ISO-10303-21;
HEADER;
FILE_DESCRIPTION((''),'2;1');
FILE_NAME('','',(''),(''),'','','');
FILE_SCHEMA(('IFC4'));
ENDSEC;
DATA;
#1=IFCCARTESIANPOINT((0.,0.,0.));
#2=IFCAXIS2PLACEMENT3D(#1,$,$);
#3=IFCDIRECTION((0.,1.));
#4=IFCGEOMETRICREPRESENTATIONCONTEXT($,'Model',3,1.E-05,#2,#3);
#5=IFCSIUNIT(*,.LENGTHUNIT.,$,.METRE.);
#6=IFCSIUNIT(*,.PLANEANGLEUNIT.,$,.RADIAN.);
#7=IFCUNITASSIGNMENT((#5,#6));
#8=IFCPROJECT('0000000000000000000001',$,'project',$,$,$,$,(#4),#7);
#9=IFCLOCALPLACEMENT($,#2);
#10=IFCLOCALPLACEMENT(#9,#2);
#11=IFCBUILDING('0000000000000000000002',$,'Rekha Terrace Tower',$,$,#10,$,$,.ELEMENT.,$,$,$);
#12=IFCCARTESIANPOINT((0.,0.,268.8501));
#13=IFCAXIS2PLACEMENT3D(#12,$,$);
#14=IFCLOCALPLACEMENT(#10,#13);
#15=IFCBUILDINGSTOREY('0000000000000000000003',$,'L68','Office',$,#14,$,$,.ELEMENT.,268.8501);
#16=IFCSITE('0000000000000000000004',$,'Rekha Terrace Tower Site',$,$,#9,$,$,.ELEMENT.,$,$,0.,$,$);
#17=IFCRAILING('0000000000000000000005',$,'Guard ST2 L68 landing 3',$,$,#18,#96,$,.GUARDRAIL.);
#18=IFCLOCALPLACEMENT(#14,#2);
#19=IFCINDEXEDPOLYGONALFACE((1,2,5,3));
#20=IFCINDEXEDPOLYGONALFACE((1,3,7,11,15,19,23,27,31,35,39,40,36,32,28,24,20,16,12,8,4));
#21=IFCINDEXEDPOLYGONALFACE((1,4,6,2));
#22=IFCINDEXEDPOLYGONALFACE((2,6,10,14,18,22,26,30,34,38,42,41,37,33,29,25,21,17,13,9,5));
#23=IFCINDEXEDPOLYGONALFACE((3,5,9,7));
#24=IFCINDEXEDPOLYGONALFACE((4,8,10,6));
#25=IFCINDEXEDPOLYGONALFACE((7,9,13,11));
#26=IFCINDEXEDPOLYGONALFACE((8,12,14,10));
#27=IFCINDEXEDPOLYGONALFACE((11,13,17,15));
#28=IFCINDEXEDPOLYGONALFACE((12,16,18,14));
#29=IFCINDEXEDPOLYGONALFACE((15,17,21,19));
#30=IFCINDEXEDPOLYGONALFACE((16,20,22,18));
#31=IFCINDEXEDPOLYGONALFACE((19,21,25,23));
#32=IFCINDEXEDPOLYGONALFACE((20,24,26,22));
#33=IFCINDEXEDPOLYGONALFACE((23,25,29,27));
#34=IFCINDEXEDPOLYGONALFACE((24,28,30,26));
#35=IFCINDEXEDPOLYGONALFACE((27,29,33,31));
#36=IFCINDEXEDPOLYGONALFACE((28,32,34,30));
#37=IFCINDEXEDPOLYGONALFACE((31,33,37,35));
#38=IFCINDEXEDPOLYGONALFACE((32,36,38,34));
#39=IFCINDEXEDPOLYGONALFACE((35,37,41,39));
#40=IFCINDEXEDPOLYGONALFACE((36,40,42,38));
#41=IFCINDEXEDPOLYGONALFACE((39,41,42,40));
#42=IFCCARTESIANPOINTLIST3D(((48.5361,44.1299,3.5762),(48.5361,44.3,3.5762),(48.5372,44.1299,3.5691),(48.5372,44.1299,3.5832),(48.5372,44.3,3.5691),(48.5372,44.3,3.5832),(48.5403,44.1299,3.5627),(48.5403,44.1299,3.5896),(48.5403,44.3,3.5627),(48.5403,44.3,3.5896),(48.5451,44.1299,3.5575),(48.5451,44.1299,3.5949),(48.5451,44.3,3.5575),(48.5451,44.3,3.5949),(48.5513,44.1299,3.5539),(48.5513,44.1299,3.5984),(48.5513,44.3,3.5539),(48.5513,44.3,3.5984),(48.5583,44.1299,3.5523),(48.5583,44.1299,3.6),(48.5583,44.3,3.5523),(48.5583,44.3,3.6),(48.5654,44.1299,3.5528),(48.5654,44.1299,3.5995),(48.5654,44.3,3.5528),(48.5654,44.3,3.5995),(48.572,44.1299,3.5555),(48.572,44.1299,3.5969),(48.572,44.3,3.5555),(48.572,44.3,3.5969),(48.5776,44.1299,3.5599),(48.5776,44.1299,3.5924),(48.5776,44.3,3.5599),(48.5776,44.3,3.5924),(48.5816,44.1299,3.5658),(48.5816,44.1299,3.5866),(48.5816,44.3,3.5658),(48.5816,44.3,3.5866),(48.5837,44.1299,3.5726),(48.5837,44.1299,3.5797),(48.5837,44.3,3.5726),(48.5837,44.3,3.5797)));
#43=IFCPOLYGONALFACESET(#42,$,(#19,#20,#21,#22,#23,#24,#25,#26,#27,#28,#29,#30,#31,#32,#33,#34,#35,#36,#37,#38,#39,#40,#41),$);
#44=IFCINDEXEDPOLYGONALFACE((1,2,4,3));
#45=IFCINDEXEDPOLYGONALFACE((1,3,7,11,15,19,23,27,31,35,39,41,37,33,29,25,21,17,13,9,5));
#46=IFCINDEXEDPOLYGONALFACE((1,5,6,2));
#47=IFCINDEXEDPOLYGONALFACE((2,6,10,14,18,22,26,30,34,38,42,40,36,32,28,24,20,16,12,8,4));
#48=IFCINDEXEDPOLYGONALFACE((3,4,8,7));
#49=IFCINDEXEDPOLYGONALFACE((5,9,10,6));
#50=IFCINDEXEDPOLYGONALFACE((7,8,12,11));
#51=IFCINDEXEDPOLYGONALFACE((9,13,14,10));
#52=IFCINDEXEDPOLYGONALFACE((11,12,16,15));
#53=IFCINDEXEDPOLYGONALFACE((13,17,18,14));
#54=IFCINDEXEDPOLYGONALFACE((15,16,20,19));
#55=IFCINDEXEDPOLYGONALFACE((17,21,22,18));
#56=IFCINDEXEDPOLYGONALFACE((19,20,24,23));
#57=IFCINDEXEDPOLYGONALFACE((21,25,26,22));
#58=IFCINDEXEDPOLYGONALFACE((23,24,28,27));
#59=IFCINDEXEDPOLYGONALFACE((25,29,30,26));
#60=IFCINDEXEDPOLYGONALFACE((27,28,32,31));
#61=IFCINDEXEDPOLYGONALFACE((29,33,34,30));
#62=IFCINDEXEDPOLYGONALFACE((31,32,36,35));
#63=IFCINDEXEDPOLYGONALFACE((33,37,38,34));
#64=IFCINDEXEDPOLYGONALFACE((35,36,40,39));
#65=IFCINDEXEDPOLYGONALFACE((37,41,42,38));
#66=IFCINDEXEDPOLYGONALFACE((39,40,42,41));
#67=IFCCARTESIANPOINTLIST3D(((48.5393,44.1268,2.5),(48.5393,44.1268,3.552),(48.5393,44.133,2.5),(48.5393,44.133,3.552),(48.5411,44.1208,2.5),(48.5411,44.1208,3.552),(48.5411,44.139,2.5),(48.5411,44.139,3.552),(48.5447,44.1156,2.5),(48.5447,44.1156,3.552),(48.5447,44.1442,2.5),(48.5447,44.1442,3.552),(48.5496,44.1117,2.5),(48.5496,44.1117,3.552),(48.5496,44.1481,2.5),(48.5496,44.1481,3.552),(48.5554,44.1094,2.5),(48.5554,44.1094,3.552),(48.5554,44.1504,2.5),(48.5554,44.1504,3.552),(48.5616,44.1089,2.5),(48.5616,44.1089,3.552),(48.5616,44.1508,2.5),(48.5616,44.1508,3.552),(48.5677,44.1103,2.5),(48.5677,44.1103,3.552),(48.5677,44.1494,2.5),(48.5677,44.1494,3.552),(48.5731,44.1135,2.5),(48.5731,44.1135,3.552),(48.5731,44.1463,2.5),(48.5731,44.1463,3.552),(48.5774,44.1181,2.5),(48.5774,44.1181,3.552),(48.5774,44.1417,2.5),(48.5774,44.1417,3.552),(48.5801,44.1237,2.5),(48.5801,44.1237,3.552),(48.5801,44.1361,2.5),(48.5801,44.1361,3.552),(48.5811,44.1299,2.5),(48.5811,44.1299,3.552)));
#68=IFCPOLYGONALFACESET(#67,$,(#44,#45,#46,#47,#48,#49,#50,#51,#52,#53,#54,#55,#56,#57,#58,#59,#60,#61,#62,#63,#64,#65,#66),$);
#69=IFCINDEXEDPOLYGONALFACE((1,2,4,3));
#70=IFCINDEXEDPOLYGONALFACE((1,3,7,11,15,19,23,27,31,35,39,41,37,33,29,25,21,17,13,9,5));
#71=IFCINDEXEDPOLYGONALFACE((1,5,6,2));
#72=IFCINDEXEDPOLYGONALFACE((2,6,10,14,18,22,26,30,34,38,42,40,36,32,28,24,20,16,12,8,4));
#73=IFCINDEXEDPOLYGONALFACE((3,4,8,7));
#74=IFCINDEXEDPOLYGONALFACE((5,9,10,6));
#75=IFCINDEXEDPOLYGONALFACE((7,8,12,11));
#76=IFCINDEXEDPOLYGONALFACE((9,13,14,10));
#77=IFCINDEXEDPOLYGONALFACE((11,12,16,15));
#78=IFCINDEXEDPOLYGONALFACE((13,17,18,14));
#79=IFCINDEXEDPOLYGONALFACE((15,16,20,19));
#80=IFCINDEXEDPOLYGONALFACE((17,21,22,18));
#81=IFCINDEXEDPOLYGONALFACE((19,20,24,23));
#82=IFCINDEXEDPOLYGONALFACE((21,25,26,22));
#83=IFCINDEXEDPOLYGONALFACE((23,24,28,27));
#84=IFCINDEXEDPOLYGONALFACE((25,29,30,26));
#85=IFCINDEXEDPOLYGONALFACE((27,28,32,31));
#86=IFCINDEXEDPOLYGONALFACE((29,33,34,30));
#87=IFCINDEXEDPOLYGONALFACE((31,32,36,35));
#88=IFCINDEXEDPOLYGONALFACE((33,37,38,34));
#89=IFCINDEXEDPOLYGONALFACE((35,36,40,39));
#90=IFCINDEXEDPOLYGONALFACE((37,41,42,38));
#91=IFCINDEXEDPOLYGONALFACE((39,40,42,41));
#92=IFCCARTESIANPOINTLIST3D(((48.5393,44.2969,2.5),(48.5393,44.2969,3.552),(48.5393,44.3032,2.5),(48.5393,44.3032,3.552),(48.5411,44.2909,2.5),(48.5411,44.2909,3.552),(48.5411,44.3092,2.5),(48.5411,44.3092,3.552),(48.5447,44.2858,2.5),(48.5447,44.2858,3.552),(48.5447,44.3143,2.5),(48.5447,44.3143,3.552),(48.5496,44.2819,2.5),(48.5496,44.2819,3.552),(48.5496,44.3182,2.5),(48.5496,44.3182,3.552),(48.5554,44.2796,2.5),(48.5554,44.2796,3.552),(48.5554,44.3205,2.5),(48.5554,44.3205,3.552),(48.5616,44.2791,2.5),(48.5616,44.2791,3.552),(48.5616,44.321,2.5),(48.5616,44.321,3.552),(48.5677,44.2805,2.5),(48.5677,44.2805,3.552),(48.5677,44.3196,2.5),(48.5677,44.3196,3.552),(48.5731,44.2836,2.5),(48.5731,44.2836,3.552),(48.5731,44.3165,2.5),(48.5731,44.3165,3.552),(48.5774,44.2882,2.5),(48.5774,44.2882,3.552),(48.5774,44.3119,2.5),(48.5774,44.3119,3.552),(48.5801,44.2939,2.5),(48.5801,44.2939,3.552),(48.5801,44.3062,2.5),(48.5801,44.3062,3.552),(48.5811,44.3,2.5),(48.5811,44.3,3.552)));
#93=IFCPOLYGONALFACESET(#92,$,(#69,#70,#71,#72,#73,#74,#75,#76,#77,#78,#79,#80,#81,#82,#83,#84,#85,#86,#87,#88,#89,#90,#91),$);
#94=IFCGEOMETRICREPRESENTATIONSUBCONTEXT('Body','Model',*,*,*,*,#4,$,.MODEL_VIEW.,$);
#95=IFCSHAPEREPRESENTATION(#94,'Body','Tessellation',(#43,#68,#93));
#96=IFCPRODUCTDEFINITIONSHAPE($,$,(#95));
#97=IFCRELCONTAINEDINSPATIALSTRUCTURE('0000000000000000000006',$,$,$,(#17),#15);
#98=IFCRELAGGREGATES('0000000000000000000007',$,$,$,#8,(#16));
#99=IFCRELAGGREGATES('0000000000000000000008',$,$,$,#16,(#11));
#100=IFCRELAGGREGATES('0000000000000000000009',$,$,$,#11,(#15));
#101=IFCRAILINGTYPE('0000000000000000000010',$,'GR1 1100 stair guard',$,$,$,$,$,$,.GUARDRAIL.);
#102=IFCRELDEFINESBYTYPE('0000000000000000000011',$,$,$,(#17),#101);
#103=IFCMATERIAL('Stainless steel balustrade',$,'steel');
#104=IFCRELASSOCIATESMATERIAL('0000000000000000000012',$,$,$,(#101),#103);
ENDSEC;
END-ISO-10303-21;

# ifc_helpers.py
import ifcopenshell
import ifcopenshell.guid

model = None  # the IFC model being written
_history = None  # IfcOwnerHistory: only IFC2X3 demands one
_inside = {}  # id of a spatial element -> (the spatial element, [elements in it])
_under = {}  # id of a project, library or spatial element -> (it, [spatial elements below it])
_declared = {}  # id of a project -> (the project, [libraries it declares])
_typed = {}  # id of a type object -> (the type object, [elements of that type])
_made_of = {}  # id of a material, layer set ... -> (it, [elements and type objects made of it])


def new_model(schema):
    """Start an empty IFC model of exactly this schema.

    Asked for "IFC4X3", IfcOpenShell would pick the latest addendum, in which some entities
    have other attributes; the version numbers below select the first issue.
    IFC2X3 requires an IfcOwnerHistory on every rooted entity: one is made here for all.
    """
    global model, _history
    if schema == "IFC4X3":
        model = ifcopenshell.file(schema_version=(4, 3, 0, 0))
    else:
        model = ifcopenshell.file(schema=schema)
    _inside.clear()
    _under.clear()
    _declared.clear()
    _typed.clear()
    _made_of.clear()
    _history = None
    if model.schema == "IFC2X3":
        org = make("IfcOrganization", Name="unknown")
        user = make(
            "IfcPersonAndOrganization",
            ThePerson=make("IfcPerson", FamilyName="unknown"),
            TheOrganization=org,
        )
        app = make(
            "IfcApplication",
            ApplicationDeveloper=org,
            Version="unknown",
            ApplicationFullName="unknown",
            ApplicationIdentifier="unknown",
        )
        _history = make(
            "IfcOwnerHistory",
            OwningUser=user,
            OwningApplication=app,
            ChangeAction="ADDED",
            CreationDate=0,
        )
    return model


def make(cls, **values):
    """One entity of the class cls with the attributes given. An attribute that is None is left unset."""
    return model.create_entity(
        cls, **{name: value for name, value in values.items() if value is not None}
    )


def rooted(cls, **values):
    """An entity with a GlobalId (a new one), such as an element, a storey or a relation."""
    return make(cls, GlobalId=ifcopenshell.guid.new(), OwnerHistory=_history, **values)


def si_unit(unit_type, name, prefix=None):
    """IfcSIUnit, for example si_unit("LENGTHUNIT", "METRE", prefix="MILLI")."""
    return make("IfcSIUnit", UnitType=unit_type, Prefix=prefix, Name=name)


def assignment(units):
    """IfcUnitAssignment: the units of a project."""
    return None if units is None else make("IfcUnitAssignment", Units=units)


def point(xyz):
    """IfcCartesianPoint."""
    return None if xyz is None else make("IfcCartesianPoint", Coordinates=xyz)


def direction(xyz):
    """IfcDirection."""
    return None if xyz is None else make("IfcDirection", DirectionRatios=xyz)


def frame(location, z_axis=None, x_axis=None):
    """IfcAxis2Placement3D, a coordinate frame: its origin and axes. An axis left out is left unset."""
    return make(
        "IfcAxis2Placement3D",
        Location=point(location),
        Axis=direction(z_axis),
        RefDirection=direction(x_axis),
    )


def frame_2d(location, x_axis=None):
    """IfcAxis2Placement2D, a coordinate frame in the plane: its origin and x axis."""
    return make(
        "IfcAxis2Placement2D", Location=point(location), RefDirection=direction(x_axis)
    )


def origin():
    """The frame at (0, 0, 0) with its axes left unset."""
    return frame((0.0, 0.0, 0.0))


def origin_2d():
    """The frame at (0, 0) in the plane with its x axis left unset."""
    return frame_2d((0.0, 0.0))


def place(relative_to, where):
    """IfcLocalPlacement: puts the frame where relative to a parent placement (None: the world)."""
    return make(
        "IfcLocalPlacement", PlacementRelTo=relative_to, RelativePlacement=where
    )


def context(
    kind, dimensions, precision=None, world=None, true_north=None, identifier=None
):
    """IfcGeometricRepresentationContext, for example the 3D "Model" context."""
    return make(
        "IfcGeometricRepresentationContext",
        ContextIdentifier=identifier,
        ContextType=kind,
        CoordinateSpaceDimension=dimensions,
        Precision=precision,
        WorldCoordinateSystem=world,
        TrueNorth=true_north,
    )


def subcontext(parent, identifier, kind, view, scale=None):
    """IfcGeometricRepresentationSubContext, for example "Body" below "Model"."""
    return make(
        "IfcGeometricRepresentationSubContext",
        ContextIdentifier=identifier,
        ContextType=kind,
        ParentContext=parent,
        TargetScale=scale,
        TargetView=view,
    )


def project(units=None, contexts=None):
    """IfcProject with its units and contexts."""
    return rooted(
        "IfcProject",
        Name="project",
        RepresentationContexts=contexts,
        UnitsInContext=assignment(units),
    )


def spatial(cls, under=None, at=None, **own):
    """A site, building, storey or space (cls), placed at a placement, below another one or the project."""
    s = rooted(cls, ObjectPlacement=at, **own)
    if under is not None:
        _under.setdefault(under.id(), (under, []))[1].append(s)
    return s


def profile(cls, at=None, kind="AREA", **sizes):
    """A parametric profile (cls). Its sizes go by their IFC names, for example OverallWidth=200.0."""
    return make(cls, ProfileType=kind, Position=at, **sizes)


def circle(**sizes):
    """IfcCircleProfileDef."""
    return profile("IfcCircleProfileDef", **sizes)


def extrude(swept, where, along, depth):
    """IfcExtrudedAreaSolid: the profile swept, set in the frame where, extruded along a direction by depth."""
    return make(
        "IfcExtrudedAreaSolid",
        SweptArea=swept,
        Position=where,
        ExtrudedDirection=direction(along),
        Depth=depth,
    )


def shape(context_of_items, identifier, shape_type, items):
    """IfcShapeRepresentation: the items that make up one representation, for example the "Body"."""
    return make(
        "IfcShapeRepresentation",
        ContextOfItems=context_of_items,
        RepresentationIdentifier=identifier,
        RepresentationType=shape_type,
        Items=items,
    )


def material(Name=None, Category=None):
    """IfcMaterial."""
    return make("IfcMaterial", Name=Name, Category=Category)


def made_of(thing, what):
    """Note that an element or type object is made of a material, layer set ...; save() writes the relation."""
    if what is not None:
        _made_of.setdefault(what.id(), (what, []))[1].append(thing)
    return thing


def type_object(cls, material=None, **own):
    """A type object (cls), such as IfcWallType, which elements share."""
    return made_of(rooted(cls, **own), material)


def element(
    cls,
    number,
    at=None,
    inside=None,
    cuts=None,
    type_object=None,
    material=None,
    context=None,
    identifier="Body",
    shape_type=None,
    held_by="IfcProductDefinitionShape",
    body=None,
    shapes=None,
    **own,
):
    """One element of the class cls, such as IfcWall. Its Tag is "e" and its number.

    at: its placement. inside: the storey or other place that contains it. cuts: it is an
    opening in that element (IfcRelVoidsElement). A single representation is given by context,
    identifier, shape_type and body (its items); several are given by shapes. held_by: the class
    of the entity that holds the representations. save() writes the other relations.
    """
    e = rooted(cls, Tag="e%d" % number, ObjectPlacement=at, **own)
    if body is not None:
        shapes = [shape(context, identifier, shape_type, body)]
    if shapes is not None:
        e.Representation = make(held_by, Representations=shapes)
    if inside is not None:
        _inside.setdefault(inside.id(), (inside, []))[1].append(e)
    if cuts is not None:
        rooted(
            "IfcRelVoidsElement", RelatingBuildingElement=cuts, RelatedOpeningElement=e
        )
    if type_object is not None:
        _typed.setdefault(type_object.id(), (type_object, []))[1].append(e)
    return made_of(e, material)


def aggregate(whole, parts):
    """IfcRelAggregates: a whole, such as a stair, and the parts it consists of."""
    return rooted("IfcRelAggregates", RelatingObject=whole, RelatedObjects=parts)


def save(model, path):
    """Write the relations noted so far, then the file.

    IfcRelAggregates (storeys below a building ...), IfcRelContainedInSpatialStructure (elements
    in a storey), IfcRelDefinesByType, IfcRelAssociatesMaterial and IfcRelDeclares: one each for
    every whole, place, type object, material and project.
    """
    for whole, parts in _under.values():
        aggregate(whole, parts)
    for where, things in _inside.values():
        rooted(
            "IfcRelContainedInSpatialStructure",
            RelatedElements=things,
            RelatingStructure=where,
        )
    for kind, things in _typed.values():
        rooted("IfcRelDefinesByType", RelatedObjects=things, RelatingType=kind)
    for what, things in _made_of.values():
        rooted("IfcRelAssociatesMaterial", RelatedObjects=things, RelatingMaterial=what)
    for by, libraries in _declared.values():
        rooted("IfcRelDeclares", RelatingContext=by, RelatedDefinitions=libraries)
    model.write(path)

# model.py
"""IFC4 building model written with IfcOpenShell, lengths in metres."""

from ifc_helpers import new_model, si_unit, direction, frame, origin, origin_2d, place, context, subcontext, project, spatial, circle, extrude, material, type_object, element, save


model = new_model("IFC4")

# Units and contexts
model_context = context("Model", 3, precision=1e-05, world=origin(), true_north=direction((0.0, 1.0)))
body_context = subcontext(model_context, "Body", "Model", "MODEL_VIEW")
ifc_project = project(units=[si_unit("LENGTHUNIT", "METRE"), si_unit("PLANEANGLEUNIT", "RADIAN")], contexts=[model_context])

# Site, building, storey
site_placement = place(None, origin())
site = spatial("IfcSite", under=ifc_project, at=site_placement, Name="Rekha Terrace Tower Site", CompositionType="ELEMENT", RefElevation=0.0)
building_placement = place(site_placement, origin())
building = spatial("IfcBuilding", under=site, at=building_placement, Name="Rekha Terrace Tower", CompositionType="ELEMENT")
storey_placement = place(building_placement, frame((0.0, 0.0, 268.8501)))
storey = spatial("IfcBuildingStorey", under=building, at=storey_placement, Name="L68", Description="Office", CompositionType="ELEMENT", Elevation=268.8501)

# Railing
ifc_material_1 = material(Name="Stainless steel balustrade", Category="steel")
railing_type_1 = type_object("IfcRailingType", Name="GR1 1100 stair guard", PredefinedType="GUARDRAIL", material=ifc_material_1)
railing_1_placement = place(storey_placement, frame((48.5601, 44.1299, 2.5)))
element("IfcRailing", 1, at=railing_1_placement, inside=storey, type_object=railing_type_1, Name="Guard ST2 L68 landing 3", PredefinedType="GUARDRAIL", context=body_context, shape_type="SweptSolid", body=[
    extrude(circle(Radius=0.0239, at=origin_2d()), frame((0.0, 0.0, 1.0762), z_axis=(0.0, 1.0, 0.0), x_axis=(-1.0, 0.0, 0.0)), (0.0, 0.0, 1.0), 0.1702),
    extrude(circle(Radius=0.021, at=origin_2d()), origin(), (0.0, 0.0, 1.0), 1.052),
    extrude(circle(Radius=0.021, at=origin_2d()), frame((0.0, 0.1702, 0.0)), (0.0, 0.0, 1.0), 1.052),
])

save(model, "model.ifc")
